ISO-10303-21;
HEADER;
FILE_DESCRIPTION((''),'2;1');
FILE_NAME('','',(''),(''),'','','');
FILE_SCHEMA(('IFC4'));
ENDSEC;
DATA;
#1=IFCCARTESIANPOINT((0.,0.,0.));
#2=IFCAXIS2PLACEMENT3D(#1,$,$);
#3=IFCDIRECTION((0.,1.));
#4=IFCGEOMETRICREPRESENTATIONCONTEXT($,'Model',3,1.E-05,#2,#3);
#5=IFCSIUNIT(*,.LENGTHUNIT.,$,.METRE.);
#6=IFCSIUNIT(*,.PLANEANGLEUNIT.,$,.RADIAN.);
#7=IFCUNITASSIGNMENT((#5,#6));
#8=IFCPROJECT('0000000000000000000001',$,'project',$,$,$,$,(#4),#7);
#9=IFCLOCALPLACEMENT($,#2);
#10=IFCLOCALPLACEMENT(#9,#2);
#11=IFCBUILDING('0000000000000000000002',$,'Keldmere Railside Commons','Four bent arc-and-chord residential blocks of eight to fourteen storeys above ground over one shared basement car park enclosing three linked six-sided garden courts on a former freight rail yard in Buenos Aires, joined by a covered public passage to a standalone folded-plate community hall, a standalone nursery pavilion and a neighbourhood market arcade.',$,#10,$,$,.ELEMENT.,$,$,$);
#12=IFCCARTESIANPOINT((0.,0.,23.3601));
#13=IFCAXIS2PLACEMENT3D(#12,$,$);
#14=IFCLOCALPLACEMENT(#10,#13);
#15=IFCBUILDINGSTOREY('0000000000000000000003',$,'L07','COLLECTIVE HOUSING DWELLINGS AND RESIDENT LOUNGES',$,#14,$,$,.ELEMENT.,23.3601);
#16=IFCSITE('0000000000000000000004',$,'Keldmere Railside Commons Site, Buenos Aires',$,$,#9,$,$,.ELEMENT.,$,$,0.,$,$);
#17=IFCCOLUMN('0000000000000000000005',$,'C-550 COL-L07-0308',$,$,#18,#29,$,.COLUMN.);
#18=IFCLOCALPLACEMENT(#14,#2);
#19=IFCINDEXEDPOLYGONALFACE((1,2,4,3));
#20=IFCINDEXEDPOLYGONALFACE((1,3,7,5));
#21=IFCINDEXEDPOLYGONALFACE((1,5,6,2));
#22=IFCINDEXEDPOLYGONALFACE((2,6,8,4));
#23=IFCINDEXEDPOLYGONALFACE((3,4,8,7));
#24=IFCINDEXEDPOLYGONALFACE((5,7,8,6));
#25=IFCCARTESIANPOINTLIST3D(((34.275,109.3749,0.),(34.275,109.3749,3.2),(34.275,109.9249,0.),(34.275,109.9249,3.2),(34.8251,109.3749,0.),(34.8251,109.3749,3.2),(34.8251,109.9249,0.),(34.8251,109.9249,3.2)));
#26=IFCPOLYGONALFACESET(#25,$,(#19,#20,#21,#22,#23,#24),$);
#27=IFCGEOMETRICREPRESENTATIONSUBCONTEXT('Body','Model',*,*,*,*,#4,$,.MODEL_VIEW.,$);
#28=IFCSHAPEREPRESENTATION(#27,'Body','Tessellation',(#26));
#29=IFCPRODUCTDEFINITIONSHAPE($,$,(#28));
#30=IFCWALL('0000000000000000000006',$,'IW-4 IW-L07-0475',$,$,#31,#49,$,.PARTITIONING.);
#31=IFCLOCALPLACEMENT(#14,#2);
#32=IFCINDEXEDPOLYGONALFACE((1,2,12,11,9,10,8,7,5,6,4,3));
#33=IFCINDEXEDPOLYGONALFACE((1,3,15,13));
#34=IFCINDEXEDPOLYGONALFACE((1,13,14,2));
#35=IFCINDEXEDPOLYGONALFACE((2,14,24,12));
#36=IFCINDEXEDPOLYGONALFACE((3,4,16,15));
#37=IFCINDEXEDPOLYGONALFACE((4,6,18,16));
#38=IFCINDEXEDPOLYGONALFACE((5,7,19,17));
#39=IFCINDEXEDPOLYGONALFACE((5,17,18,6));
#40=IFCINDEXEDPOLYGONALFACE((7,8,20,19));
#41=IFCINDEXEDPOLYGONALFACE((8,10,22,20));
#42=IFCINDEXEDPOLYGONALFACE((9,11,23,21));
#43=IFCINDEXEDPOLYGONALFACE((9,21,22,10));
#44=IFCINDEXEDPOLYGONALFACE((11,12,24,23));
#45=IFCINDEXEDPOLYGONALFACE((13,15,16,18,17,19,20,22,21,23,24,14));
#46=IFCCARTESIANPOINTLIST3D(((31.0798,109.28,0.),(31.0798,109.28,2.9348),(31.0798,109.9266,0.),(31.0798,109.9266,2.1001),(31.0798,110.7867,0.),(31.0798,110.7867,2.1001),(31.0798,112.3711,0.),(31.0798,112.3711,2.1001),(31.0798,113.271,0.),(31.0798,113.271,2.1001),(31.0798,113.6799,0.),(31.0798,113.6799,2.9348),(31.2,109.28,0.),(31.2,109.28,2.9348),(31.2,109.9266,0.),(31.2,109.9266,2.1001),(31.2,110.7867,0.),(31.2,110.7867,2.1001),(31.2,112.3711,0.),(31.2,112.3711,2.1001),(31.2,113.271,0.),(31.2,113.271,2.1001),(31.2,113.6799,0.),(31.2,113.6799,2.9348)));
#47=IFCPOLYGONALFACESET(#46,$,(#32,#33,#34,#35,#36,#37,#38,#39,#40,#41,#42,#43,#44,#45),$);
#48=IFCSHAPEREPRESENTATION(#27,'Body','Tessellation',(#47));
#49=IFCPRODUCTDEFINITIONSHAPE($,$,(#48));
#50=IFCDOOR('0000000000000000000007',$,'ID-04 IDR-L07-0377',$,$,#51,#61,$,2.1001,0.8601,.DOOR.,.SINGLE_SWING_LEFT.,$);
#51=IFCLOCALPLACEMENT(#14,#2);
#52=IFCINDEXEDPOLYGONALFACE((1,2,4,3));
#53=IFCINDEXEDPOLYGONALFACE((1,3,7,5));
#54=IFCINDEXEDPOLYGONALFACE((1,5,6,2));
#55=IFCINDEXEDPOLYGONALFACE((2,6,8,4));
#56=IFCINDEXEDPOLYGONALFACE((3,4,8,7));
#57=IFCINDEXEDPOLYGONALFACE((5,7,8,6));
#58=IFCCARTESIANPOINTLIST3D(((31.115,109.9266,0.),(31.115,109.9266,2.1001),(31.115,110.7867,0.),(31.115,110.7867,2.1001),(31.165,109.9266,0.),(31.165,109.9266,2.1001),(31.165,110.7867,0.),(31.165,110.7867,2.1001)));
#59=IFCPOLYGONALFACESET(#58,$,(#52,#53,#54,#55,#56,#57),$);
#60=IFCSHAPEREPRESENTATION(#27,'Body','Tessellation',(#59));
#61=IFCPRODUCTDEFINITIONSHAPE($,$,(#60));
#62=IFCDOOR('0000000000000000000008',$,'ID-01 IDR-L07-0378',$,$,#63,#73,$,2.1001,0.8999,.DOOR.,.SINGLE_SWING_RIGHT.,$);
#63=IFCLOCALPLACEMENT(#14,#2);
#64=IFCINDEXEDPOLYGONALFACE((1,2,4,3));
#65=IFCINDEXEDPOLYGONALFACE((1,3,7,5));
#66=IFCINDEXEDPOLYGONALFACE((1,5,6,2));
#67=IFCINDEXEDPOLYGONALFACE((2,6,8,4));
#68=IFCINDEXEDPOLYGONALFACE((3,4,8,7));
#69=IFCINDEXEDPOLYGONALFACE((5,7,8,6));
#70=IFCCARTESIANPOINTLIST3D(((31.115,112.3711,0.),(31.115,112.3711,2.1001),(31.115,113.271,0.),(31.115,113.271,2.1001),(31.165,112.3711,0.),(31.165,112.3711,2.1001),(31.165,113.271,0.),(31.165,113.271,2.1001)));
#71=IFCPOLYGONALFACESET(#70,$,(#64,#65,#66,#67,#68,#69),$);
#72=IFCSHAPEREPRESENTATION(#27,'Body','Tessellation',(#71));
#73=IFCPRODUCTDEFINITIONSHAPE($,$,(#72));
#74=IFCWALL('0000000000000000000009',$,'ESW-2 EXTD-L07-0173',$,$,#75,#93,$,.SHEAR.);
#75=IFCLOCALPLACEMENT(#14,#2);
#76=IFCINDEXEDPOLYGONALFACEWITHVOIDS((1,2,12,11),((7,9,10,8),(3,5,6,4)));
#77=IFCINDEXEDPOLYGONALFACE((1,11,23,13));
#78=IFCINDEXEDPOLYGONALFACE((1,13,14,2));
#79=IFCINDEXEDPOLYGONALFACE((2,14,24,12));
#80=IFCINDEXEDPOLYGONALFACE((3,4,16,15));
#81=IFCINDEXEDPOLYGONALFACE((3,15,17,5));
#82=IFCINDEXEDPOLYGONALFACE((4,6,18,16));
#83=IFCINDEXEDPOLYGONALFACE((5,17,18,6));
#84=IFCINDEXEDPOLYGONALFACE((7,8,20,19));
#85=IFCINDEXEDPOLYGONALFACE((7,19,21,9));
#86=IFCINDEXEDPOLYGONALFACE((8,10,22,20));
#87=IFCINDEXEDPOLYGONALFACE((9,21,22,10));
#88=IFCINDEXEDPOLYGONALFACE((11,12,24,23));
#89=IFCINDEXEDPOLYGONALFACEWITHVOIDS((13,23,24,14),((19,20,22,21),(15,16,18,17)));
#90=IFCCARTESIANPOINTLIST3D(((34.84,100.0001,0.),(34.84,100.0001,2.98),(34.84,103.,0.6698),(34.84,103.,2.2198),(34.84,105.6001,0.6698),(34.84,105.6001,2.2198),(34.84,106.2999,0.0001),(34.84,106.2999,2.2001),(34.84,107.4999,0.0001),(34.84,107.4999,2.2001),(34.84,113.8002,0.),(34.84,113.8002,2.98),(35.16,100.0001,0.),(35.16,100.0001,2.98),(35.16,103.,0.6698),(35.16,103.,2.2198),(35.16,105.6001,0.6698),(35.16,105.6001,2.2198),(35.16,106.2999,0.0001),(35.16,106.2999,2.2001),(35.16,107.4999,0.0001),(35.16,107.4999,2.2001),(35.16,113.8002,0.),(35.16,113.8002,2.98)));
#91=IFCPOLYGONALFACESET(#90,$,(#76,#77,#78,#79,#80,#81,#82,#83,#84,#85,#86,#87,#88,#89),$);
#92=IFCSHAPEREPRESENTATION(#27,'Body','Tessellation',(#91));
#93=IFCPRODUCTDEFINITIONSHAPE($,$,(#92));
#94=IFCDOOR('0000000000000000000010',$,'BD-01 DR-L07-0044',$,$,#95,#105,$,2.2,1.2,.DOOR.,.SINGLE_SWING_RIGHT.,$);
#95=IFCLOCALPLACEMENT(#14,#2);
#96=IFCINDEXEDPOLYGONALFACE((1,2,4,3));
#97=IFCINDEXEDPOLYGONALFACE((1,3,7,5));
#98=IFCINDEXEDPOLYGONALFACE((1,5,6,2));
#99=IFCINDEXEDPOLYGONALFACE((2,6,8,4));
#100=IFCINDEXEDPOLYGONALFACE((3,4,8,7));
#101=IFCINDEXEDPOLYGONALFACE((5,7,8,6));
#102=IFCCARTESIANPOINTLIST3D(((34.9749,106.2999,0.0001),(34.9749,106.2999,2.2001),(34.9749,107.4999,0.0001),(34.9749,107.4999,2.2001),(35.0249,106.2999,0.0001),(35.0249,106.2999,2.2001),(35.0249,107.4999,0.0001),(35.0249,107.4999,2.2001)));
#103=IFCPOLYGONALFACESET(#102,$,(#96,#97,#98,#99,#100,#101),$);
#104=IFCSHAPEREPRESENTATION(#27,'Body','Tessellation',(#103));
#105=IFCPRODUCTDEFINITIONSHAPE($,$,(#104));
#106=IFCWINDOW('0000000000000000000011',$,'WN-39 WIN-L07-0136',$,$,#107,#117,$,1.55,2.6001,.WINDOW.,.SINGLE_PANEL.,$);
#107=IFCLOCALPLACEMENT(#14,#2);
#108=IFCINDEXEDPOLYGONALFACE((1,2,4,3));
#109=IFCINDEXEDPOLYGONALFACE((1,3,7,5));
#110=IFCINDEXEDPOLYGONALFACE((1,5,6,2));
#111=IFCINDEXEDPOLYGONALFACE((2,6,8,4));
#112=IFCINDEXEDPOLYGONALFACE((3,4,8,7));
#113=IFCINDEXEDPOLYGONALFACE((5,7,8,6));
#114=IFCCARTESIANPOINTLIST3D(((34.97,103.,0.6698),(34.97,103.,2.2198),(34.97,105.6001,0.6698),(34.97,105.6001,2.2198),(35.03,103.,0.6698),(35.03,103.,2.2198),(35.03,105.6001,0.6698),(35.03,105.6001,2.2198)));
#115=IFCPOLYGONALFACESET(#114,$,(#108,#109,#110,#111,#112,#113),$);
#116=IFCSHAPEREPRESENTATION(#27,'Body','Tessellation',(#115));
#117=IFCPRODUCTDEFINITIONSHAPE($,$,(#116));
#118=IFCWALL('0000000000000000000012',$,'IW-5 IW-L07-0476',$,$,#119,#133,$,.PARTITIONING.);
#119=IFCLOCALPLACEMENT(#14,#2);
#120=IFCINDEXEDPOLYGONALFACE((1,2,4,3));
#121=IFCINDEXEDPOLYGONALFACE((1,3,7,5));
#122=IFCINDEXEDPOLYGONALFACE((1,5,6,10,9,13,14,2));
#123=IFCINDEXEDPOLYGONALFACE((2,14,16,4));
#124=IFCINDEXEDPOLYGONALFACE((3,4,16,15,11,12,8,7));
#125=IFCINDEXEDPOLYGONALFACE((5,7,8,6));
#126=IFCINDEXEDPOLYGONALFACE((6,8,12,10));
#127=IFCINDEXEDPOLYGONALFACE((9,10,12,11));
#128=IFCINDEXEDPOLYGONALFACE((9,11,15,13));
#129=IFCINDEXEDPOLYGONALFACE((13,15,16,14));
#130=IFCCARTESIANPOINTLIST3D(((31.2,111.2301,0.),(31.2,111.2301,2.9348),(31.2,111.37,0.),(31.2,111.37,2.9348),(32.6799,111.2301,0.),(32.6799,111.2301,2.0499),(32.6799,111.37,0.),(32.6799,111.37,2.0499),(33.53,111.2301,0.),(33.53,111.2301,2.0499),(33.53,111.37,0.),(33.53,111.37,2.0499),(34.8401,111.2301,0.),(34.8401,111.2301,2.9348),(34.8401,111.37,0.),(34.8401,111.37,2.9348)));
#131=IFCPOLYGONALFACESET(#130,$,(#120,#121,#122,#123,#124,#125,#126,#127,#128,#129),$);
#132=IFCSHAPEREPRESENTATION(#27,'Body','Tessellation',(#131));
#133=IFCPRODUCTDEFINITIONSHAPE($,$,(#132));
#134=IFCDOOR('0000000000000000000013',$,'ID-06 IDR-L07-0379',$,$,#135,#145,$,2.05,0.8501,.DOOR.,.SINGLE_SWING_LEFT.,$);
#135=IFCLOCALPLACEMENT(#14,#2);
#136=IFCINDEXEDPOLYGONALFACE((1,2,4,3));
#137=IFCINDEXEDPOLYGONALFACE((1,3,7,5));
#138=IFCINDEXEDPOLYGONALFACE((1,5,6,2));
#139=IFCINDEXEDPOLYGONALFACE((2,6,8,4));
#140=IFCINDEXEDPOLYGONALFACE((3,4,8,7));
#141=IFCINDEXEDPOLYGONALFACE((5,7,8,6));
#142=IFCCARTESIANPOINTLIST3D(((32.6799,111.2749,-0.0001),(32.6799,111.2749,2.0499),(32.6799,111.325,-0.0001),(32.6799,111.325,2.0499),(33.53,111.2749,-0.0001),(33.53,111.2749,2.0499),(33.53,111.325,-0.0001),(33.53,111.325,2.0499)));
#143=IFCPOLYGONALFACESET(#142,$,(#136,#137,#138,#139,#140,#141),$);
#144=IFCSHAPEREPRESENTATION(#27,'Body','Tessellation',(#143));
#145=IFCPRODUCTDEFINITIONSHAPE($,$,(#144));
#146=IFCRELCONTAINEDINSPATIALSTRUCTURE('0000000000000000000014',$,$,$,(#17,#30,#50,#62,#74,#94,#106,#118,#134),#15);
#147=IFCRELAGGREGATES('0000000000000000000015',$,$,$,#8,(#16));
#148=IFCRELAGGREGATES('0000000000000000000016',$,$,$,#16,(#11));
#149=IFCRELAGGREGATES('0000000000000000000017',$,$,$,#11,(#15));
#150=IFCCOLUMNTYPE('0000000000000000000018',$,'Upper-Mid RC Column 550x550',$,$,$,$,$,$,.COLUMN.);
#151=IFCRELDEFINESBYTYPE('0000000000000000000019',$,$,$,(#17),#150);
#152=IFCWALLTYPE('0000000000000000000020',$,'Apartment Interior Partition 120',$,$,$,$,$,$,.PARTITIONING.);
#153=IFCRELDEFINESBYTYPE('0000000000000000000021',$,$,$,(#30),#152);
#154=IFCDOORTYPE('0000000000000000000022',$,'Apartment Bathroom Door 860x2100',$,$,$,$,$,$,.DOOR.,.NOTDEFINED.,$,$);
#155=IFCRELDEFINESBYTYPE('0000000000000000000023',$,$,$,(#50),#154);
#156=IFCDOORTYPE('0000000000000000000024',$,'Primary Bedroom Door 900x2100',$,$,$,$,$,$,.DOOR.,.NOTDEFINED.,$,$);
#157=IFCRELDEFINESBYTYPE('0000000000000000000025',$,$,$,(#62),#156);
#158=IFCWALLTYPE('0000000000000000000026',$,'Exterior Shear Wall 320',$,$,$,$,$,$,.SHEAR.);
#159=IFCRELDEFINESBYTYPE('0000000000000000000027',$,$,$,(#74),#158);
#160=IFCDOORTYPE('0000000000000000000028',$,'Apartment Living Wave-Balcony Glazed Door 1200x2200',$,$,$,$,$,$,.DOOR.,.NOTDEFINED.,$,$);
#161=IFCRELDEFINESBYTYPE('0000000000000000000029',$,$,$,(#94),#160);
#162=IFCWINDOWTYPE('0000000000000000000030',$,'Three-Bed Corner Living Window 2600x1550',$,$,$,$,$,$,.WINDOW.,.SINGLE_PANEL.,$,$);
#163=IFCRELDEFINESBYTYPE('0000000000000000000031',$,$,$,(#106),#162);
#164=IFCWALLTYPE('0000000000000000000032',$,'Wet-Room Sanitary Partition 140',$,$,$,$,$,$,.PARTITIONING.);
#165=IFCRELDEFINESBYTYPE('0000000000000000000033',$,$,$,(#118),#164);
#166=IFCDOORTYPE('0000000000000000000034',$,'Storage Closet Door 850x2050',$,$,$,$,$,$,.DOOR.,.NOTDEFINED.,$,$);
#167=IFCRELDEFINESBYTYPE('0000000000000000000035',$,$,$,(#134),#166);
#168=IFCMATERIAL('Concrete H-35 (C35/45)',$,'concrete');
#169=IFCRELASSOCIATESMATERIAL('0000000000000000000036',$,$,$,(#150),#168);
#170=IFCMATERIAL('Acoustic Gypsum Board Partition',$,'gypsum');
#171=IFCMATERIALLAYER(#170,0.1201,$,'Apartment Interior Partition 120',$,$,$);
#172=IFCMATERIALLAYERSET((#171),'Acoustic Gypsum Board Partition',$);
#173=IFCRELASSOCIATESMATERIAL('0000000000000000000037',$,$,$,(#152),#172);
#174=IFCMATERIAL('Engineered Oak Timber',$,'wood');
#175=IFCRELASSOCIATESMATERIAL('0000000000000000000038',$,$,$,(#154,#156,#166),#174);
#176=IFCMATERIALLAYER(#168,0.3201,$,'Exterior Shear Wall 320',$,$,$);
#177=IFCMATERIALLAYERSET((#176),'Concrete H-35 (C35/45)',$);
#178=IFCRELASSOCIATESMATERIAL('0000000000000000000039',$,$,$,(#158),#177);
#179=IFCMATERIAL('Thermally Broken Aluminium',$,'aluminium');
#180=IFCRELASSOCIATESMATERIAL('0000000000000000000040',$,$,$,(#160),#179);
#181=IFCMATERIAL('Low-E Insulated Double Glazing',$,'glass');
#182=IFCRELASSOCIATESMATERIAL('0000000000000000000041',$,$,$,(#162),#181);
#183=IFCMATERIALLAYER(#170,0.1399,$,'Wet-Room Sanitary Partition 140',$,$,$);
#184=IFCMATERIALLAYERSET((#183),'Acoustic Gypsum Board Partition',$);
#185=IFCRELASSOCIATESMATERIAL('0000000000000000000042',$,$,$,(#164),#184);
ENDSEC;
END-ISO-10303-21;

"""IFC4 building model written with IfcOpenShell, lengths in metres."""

from ifc_helpers import new_model, si_unit, direction, frame, frame_2d, origin, origin_2d, place, context, subcontext, project, spatial, rectangle, extrude, material, layer, layer_set, material_profile, profile_set, type_object, element, fill, save


model = new_model("IFC4")

# Units and contexts
model_context = context("Model", 3, precision=1e-05, world=origin(), true_north=direction((0.0, 1.0)))
body_context = subcontext(model_context, "Body", "Model", "MODEL_VIEW")
ifc_project = project(units=[si_unit("LENGTHUNIT", "METRE"), si_unit("PLANEANGLEUNIT", "RADIAN")], contexts=[model_context])

# Site, building, storey
site_placement = place(None, origin())
site = spatial("IfcSite", under=ifc_project, at=site_placement, Name="Keldmere Railside Commons Site, Buenos Aires", CompositionType="ELEMENT", RefElevation=0.0)
building_placement = place(site_placement, origin())
building = spatial("IfcBuilding", under=site, at=building_placement, Name="Keldmere Railside Commons", Description="Four bent arc-and-chord residential blocks of eight to fourteen storeys above ground over one shared basement car park enclosing three linked six-sided garden courts on a former freight rail yard in Buenos Aires, joined by a covered public passage to a standalone folded-plate community hall, a standalone nursery pavilion and a neighbourhood market arcade.", CompositionType="ELEMENT")
storey_placement = place(building_placement, frame((0.0, 0.0, 23.3601)))
storey = spatial("IfcBuildingStorey", under=building, at=storey_placement, Name="L07", Description="COLLECTIVE HOUSING DWELLINGS AND RESIDENT LOUNGES", CompositionType="ELEMENT", Elevation=23.3601)

# Column
ifc_material_1 = material(Name="Concrete H-35 (C35/45)", Category="concrete")
ifc_material_profile = material_profile(ifc_material_1, rectangle(XDim=0.55, YDim=0.55, at=origin_2d()), Name="RC-550x550")
ifc_profile_set = profile_set([ifc_material_profile], Name="Concrete H-35 (C35/45)")
column_type = type_object("IfcColumnType", Name="Upper-Mid RC Column 550x550", PredefinedType="COLUMN", material=ifc_profile_set)
column_placement = place(storey_placement, frame((34.55, 109.6499, 0.0), z_axis=(0.0, 0.0, 1.0), x_axis=(1.0, 0.0, 0.0)))
element("IfcColumn", 1, at=column_placement, inside=storey, type_object=column_type, Name="C-550 COL-L07-0308", PredefinedType="COLUMN", context=body_context, shape_type="SweptSolid", body=[
    extrude(rectangle(XDim=0.55, YDim=0.55, at=origin_2d()), origin(), (0.0, 0.0, 1.0), 3.2),
])

# Wall, openings, doors
ifc_material_2 = material(Name="Acoustic Gypsum Board Partition", Category="gypsum")
ifc_layer_1 = layer(ifc_material_2, 0.1201, Name="Apartment Interior Partition 120")
ifc_layer_set_1 = layer_set([ifc_layer_1], Name="Acoustic Gypsum Board Partition")
wall_type_1 = type_object("IfcWallType", Name="Apartment Interior Partition 120", PredefinedType="PARTITIONING", material=ifc_layer_set_1)
wall_1_placement = place(storey_placement, frame((31.1399, 109.28, 0.0), z_axis=(0.0, 0.0, 1.0), x_axis=(0.0, 1.0, 0.0)))
wall_1 = element("IfcWall", 2, at=wall_1_placement, inside=storey, type_object=wall_type_1, Name="IW-4 IW-L07-0475", PredefinedType="PARTITIONING", context=body_context, shape_type="SweptSolid", body=[
    extrude(rectangle(XDim=4.3999, YDim=0.1201, at=frame_2d((2.2, 0.0))), origin(), (0.0, 0.0, 1.0), 2.9348),
])
opening_1_placement = place(wall_1_placement, frame((0.6465, 0.0, 0.0)))
opening_1 = element("IfcOpeningElement", 3, at=opening_1_placement, cuts=wall_1, PredefinedType="OPENING", context=body_context, shape_type="SweptSolid", body=[
    extrude(rectangle(XDim=0.8601, YDim=2.1001, at=frame_2d((0.4302, 1.05))), frame((0.0, 0.0701, 0.0), z_axis=(0.0, -1.0, 0.0), x_axis=(1.0, 0.0, 0.0)), (0.0, 0.0, 1.0), 0.1401),
])
opening_2_placement = place(wall_1_placement, frame((3.0911, 0.0, 0.0)))
opening_2 = element("IfcOpeningElement", 4, at=opening_2_placement, cuts=wall_1, PredefinedType="OPENING", context=body_context, shape_type="SweptSolid", body=[
    extrude(rectangle(XDim=0.8999, YDim=2.1001, at=frame_2d((0.45, 1.05))), frame((0.0, 0.0701, 0.0), z_axis=(0.0, -1.0, 0.0), x_axis=(1.0, 0.0, 0.0)), (0.0, 0.0, 1.0), 0.1401),
])
ifc_material_3 = material(Name="Engineered Oak Timber", Category="wood")
door_type_1 = type_object("IfcDoorType", Name="Apartment Bathroom Door 860x2100", OperationType="NOTDEFINED", PredefinedType="DOOR", material=ifc_material_3)
door_1_placement = place(opening_1_placement, origin())
door_1 = element("IfcDoor", 5, at=door_1_placement, inside=storey, type_object=door_type_1, Name="ID-04 IDR-L07-0377", OperationType="SINGLE_SWING_LEFT", OverallHeight=2.1001, OverallWidth=0.8601, PredefinedType="DOOR", context=body_context, shape_type="SweptSolid", body=[
    extrude(rectangle(XDim=0.8601, YDim=2.1001, at=frame_2d((0.4302, 1.05))), frame((0.0, 0.0249, 0.0), z_axis=(0.0, -1.0, 0.0), x_axis=(1.0, 0.0, 0.0)), (0.0, 0.0, 1.0), 0.05),
])
fill(opening_1, door_1)
door_type_2 = type_object("IfcDoorType", Name="Primary Bedroom Door 900x2100", OperationType="NOTDEFINED", PredefinedType="DOOR", material=ifc_material_3)
door_2_placement = place(opening_2_placement, origin())
door_2 = element("IfcDoor", 6, at=door_2_placement, inside=storey, type_object=door_type_2, Name="ID-01 IDR-L07-0378", OperationType="SINGLE_SWING_RIGHT", OverallHeight=2.1001, OverallWidth=0.8999, PredefinedType="DOOR", context=body_context, shape_type="SweptSolid", body=[
    extrude(rectangle(XDim=0.8999, YDim=2.1001, at=frame_2d((0.45, 1.05))), frame((0.0, 0.0249, 0.0), z_axis=(0.0, -1.0, 0.0), x_axis=(1.0, 0.0, 0.0)), (0.0, 0.0, 1.0), 0.05),
])
fill(opening_2, door_2)

# Wall, openings, door, window
ifc_layer_2 = layer(ifc_material_1, 0.3201, Name="Exterior Shear Wall 320")
ifc_layer_set_2 = layer_set([ifc_layer_2], Name="Concrete H-35 (C35/45)")
wall_type_2 = type_object("IfcWallType", Name="Exterior Shear Wall 320", PredefinedType="SHEAR", material=ifc_layer_set_2)
wall_2_placement = place(storey_placement, frame((35.0, 113.8, 0.0), z_axis=(0.0, 0.0, 1.0), x_axis=(0.0, -1.0, 0.0)))
wall_2 = element("IfcWall", 7, at=wall_2_placement, inside=storey, type_object=wall_type_2, Name="ESW-2 EXTD-L07-0173", PredefinedType="SHEAR", context=body_context, shape_type="SweptSolid", body=[
    extrude(rectangle(XDim=13.8, YDim=0.3201, at=frame_2d((6.8999, 0.0))), origin(), (0.0, 0.0, 1.0), 2.98),
])
opening_3_placement = place(wall_2_placement, frame((6.3, 0.0, 0.0)))
opening_3 = element("IfcOpeningElement", 8, at=opening_3_placement, cuts=wall_2, PredefinedType="OPENING", context=body_context, shape_type="SweptSolid", body=[
    extrude(rectangle(XDim=1.2, YDim=2.2, at=frame_2d((0.6001, 1.1001))), frame((0.0, 0.1699, 0.0), z_axis=(0.0, -1.0, 0.0), x_axis=(1.0, 0.0, 0.0)), (0.0, 0.0, 1.0), 0.3401),
])
opening_4_placement = place(wall_2_placement, frame((8.2, 0.0, 0.6699)))
opening_4 = element("IfcOpeningElement", 9, at=opening_4_placement, cuts=wall_2, PredefinedType="OPENING", context=body_context, shape_type="SweptSolid", body=[
    extrude(rectangle(XDim=2.6001, YDim=1.55, at=frame_2d((1.3, 0.7749))), frame((0.0, 0.1699, 0.0), z_axis=(0.0, -1.0, 0.0), x_axis=(1.0, 0.0, 0.0)), (0.0, 0.0, 1.0), 0.3401),
])
ifc_material_4 = material(Name="Thermally Broken Aluminium", Category="aluminium")
door_type_3 = type_object("IfcDoorType", Name="Apartment Living Wave-Balcony Glazed Door 1200x2200", OperationType="NOTDEFINED", PredefinedType="DOOR", material=ifc_material_4)
door_3_placement = place(opening_3_placement, origin())
door_3 = element("IfcDoor", 10, at=door_3_placement, inside=storey, type_object=door_type_3, Name="BD-01 DR-L07-0044", OperationType="SINGLE_SWING_RIGHT", OverallHeight=2.2, OverallWidth=1.2, PredefinedType="DOOR", context=body_context, shape_type="SweptSolid", body=[
    extrude(rectangle(XDim=1.2, YDim=2.2, at=frame_2d((0.6001, 1.1001))), frame((0.0, 0.0249, 0.0), z_axis=(0.0, -1.0, 0.0), x_axis=(1.0, 0.0, 0.0)), (0.0, 0.0, 1.0), 0.05),
])
fill(opening_3, door_3)
ifc_material_5 = material(Name="Low-E Insulated Double Glazing", Category="glass")
window_type = type_object("IfcWindowType", Name="Three-Bed Corner Living Window 2600x1550", PartitioningType="SINGLE_PANEL", PredefinedType="WINDOW", material=ifc_material_5)
window_placement = place(opening_4_placement, origin())
window = element("IfcWindow", 11, at=window_placement, inside=storey, type_object=window_type, Name="WN-39 WIN-L07-0136", OverallHeight=1.55, OverallWidth=2.6001, PartitioningType="SINGLE_PANEL", PredefinedType="WINDOW", context=body_context, shape_type="SweptSolid", body=[
    extrude(rectangle(XDim=2.6001, YDim=1.55, at=frame_2d((1.3, 0.7749))), frame((0.0, 0.03, 0.0), z_axis=(0.0, -1.0, 0.0), x_axis=(1.0, 0.0, 0.0)), (0.0, 0.0, 1.0), 0.0601),
])
fill(opening_4, window)

# Wall, opening, door
ifc_layer_3 = layer(ifc_material_2, 0.1399, Name="Wet-Room Sanitary Partition 140")
ifc_layer_set_3 = layer_set([ifc_layer_3], Name="Acoustic Gypsum Board Partition")
wall_type_3 = type_object("IfcWallType", Name="Wet-Room Sanitary Partition 140", PredefinedType="PARTITIONING", material=ifc_layer_set_3)
wall_3_placement = place(storey_placement, frame((31.2, 111.3, 0.0), z_axis=(0.0, 0.0, 1.0), x_axis=(1.0, 0.0, 0.0)))
wall_3 = element("IfcWall", 12, at=wall_3_placement, inside=storey, type_object=wall_type_3, Name="IW-5 IW-L07-0476", PredefinedType="PARTITIONING", context=body_context, shape_type="SweptSolid", body=[
    extrude(rectangle(XDim=3.6401, YDim=0.1399, at=frame_2d((1.8201, 0.0))), origin(), (0.0, 0.0, 1.0), 2.9348),
])
opening_5_placement = place(wall_3_placement, frame((1.48, 0.0, 0.0)))
opening_5 = element("IfcOpeningElement", 13, at=opening_5_placement, cuts=wall_3, PredefinedType="OPENING", context=body_context, shape_type="SweptSolid", body=[
    extrude(rectangle(XDim=0.8501, YDim=2.05, at=frame_2d((0.425, 1.0249))), frame((0.0, 0.0798, 0.0), z_axis=(0.0, -1.0, 0.0), x_axis=(1.0, 0.0, 0.0)), (0.0, 0.0, 1.0), 0.1599),
])
door_type_4 = type_object("IfcDoorType", Name="Storage Closet Door 850x2050", OperationType="NOTDEFINED", PredefinedType="DOOR", material=ifc_material_3)
door_4_placement = place(opening_5_placement, origin())
door_4 = element("IfcDoor", 14, at=door_4_placement, inside=storey, type_object=door_type_4, Name="ID-06 IDR-L07-0379", OperationType="SINGLE_SWING_LEFT", OverallHeight=2.05, OverallWidth=0.8501, PredefinedType="DOOR", context=body_context, shape_type="SweptSolid", body=[
    extrude(rectangle(XDim=0.8501, YDim=2.05, at=frame_2d((0.425, 1.0249))), frame((0.0, 0.0249, 0.0), z_axis=(0.0, -1.0, 0.0), x_axis=(1.0, 0.0, 0.0)), (0.0, 0.0, 1.0), 0.05),
])
fill(opening_5, door_4)

save(model, "model.ifc")
